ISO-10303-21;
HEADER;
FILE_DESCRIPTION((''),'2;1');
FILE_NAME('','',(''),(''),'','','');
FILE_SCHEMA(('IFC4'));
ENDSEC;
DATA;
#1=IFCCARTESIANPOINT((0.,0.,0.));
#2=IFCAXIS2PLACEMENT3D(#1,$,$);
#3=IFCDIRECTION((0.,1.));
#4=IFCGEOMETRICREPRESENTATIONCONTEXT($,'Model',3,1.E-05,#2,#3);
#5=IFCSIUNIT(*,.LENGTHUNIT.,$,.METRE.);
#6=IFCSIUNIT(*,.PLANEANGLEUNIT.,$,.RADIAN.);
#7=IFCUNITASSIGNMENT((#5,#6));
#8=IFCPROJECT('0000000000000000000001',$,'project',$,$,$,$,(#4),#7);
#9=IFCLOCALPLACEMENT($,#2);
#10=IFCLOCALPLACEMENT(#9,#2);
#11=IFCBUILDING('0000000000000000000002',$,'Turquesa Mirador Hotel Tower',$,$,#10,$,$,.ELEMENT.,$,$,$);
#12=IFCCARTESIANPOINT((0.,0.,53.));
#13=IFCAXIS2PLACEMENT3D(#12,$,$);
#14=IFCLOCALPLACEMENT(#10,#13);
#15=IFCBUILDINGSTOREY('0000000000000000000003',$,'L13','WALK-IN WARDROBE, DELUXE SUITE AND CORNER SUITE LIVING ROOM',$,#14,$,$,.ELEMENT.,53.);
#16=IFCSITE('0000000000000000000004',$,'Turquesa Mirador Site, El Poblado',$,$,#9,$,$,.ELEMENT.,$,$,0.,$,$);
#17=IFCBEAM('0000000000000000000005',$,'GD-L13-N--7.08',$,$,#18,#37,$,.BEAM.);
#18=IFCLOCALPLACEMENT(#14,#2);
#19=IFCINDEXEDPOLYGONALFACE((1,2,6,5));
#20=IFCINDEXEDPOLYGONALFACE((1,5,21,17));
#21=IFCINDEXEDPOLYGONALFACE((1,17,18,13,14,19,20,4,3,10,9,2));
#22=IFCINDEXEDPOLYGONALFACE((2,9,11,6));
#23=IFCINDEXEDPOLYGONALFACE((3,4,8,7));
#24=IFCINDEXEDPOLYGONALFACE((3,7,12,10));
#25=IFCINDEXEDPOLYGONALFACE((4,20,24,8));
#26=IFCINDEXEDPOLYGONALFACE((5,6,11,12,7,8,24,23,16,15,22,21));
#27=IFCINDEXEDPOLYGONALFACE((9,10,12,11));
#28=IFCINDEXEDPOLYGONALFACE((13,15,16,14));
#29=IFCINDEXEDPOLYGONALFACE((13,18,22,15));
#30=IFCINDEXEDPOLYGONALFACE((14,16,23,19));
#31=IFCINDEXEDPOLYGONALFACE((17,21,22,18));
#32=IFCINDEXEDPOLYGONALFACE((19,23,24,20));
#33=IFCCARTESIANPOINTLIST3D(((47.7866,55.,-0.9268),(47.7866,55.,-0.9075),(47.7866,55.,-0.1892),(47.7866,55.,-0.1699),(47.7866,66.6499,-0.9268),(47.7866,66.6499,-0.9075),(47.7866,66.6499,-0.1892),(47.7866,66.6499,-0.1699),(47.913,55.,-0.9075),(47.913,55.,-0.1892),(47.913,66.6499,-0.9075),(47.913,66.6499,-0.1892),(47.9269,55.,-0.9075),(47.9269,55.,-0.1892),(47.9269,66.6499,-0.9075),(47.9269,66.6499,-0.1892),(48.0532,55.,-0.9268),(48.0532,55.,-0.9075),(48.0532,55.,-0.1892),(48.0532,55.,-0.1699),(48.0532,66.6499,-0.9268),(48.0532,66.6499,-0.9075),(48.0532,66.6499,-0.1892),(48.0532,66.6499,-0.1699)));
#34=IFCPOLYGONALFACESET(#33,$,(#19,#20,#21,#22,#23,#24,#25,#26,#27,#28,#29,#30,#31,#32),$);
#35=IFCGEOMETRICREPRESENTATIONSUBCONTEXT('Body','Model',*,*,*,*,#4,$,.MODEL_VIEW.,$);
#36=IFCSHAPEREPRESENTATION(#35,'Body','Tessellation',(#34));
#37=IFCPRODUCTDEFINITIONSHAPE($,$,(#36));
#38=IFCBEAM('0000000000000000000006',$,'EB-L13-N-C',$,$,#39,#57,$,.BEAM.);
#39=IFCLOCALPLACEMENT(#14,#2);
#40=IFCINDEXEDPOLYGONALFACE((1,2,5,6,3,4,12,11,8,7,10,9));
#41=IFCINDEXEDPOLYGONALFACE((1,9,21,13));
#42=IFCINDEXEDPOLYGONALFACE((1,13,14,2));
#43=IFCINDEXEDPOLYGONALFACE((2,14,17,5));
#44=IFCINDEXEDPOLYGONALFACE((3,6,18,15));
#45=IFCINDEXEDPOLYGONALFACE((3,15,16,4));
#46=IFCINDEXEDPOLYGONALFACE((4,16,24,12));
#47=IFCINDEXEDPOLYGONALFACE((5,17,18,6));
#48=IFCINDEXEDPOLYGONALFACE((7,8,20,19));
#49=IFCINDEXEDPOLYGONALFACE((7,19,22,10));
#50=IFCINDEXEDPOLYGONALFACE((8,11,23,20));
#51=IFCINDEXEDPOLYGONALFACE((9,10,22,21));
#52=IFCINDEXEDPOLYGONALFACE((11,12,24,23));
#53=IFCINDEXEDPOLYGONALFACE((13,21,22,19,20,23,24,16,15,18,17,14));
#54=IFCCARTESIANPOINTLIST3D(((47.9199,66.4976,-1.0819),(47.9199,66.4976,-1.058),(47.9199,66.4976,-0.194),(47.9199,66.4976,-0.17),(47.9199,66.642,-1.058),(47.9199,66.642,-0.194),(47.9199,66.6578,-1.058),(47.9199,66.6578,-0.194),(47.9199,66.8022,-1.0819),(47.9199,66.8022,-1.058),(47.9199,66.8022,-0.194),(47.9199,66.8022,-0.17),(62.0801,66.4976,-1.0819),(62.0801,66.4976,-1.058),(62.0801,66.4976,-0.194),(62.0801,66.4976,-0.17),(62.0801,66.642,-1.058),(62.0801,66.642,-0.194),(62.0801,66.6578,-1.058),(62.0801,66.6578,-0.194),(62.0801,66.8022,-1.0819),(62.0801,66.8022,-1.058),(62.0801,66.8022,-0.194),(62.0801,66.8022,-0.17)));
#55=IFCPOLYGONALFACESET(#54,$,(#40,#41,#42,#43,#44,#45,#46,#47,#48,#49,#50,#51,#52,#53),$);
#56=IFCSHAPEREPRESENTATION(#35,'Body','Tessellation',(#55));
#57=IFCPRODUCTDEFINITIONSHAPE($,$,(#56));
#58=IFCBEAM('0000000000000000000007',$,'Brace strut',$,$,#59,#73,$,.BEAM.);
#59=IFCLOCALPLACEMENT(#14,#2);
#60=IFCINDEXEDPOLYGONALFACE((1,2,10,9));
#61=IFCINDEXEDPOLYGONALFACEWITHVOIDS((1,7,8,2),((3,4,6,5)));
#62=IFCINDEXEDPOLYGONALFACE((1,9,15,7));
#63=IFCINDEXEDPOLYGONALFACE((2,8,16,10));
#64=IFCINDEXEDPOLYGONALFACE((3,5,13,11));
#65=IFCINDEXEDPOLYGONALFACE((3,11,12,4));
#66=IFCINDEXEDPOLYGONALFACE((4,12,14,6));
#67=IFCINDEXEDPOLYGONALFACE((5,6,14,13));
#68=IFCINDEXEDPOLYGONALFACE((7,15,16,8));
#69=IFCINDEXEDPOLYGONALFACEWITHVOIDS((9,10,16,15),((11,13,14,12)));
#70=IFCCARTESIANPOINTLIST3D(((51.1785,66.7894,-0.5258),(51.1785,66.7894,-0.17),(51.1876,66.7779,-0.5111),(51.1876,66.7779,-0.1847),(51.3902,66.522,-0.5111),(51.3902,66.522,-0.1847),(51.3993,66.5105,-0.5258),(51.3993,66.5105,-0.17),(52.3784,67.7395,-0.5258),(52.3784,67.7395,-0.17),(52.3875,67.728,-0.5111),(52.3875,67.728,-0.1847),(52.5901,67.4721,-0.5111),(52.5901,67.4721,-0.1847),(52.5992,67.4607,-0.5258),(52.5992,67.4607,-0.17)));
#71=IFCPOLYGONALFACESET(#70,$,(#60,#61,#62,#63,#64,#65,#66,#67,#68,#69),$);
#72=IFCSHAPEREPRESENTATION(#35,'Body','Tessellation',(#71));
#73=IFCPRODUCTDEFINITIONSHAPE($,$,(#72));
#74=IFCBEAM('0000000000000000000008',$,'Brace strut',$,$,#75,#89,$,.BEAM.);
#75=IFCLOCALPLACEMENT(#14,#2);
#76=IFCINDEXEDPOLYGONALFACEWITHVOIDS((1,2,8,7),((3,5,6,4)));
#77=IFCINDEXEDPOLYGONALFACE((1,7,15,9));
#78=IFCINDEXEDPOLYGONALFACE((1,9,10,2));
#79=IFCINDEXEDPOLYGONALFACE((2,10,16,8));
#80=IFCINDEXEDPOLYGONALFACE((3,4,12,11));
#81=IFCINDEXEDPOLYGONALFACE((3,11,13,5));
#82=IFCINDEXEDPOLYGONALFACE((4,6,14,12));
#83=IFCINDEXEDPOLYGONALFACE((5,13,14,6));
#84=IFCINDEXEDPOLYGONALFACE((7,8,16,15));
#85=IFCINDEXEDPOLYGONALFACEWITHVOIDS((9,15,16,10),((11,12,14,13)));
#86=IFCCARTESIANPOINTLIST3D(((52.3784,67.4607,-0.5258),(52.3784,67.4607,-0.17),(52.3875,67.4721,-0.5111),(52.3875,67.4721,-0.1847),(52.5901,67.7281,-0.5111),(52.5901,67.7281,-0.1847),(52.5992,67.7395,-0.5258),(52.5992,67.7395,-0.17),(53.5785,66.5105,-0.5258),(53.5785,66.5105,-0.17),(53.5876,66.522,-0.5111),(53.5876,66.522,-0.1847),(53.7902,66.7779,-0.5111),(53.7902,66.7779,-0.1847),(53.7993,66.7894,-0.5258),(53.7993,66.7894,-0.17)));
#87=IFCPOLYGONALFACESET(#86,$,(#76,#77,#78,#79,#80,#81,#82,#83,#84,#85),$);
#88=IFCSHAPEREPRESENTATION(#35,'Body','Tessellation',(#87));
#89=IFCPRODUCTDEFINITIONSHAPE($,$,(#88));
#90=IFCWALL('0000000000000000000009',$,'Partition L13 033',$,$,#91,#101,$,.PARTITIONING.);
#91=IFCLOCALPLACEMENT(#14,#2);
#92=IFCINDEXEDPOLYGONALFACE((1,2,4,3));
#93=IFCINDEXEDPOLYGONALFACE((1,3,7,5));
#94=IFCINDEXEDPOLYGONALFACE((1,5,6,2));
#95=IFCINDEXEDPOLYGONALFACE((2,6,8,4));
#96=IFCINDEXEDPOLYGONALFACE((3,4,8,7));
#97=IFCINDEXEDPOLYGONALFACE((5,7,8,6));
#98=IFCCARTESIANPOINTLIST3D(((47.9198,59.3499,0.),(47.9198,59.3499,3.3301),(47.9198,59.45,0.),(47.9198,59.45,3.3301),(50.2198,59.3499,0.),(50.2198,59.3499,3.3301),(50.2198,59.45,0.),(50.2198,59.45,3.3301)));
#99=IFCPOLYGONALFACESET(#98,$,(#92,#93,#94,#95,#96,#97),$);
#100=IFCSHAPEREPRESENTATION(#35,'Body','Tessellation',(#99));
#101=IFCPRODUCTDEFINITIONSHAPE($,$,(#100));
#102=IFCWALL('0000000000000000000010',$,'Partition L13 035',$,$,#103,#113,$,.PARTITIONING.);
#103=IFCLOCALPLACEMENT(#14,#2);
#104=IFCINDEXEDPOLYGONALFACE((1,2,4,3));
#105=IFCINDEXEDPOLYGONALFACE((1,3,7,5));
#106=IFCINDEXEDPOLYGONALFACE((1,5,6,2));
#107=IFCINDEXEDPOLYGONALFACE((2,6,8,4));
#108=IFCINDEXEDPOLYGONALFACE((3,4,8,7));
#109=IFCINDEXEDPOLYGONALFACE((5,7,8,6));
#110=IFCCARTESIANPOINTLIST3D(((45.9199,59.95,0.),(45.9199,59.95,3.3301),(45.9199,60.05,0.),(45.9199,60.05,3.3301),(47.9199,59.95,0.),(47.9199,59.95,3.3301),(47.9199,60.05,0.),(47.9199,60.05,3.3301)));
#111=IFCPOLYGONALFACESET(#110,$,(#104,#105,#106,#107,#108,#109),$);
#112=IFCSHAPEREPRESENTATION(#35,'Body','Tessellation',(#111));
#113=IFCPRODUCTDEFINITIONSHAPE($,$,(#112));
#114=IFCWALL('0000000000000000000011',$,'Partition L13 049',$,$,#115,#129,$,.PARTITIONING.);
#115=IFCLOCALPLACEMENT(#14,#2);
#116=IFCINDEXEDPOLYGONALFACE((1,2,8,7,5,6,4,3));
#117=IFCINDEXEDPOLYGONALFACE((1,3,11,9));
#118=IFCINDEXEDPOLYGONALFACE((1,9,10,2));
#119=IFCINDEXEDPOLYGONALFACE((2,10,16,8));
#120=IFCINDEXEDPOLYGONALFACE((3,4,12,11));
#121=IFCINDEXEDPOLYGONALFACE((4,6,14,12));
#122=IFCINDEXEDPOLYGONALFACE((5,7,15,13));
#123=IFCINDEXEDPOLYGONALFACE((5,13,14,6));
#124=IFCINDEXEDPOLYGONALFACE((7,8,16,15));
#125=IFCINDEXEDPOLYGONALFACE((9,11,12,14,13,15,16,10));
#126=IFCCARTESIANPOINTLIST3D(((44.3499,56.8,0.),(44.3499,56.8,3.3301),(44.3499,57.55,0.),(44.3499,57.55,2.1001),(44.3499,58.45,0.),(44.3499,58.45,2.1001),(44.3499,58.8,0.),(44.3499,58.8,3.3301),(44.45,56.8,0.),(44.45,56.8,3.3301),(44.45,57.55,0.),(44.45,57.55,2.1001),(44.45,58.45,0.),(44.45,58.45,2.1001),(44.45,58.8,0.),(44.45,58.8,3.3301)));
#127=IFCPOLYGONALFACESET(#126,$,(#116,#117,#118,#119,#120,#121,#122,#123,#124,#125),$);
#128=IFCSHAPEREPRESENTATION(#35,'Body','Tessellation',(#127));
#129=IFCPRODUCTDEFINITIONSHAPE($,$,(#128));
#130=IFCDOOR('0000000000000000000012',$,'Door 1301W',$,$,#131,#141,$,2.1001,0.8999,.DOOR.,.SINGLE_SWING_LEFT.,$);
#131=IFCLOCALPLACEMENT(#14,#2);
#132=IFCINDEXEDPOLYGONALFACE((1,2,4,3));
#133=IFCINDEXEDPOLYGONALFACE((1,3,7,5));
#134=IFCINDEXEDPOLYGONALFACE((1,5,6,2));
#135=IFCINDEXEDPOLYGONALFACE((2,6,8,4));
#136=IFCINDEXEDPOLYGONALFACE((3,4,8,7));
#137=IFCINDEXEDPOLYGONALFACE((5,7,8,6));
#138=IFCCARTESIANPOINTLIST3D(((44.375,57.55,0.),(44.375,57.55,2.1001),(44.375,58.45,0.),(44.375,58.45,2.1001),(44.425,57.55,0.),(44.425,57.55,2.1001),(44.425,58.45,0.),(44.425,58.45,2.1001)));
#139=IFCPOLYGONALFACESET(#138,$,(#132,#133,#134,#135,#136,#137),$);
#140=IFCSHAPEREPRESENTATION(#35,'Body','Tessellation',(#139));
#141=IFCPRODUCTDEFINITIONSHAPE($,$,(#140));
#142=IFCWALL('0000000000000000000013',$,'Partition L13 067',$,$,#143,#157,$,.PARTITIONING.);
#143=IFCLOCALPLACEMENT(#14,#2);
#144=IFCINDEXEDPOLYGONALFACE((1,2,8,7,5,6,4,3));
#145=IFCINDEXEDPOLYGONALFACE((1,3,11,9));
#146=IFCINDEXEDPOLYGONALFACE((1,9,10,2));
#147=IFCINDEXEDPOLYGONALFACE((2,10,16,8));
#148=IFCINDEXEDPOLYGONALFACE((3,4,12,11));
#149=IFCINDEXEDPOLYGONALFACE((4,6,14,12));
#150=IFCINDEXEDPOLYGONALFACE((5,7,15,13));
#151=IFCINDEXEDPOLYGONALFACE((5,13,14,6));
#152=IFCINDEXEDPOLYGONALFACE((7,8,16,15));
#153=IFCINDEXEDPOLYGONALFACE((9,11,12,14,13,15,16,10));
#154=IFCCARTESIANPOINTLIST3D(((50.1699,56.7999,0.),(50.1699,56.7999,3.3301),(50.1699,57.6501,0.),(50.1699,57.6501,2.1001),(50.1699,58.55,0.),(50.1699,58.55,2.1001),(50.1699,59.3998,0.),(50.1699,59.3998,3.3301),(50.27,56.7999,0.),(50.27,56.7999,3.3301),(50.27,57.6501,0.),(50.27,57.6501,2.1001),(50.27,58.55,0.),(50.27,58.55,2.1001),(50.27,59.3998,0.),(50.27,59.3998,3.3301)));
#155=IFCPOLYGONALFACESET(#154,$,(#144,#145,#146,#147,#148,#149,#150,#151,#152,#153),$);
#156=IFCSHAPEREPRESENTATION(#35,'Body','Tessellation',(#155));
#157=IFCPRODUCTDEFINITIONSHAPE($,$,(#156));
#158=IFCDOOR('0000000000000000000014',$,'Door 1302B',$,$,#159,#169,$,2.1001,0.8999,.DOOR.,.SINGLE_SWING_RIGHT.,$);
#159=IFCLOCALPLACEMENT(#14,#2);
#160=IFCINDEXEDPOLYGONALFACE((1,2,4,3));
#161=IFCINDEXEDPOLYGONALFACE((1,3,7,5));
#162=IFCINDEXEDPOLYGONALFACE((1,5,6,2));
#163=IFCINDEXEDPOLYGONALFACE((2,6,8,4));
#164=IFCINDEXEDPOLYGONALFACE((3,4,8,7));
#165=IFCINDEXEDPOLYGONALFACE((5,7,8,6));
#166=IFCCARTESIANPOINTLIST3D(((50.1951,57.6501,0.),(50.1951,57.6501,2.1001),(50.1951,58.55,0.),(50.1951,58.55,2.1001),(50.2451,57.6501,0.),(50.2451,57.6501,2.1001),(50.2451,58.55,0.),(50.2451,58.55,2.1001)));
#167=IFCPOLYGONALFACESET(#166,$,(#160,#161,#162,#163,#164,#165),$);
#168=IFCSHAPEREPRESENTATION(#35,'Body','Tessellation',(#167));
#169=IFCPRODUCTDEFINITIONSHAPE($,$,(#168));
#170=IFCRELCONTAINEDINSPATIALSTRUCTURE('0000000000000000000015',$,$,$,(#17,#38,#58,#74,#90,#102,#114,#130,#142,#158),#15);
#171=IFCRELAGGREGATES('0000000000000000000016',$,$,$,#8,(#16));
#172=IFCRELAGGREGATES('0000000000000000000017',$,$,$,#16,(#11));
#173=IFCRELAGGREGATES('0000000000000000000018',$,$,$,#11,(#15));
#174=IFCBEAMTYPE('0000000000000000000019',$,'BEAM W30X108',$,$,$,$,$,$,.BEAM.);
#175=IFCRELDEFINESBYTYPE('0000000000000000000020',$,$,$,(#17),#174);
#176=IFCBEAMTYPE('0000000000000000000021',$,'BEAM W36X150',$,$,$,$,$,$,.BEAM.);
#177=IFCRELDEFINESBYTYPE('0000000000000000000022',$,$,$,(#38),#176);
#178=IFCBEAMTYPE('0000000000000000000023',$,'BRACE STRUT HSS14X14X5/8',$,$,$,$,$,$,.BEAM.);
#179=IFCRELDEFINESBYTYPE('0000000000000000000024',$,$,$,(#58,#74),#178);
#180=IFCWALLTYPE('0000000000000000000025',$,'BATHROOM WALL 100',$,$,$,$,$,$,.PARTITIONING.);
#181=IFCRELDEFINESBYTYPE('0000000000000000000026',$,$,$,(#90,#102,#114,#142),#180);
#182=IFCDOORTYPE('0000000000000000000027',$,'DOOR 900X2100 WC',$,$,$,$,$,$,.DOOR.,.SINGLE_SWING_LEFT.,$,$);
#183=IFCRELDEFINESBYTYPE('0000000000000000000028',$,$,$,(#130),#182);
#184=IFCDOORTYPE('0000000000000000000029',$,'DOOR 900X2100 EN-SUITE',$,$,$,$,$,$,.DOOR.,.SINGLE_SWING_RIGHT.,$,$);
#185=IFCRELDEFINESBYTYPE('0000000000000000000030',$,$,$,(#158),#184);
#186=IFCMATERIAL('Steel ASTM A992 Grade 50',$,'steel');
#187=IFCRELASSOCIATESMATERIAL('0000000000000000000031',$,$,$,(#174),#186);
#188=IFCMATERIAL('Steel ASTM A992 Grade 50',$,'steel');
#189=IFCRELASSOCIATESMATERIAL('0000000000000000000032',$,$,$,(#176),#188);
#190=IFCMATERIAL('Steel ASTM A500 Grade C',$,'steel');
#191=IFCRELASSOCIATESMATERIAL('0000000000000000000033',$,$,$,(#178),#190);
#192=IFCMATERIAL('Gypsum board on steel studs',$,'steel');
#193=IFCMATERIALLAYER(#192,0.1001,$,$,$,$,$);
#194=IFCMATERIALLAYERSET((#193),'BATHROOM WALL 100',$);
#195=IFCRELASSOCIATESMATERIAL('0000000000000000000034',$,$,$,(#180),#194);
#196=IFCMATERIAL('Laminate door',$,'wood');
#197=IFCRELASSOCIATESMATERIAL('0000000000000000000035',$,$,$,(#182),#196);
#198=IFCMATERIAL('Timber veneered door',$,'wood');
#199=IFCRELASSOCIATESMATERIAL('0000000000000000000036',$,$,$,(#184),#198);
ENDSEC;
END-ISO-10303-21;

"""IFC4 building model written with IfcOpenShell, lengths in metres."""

from ifc_helpers import new_model, si_unit, direction, frame, frame_2d, origin, origin_2d, place, context, subcontext, project, spatial, rectangle, hollow_rectangle, i_section, extrude, material, layer, layer_set, material_profile, profile_set, type_object, element, fill, save


model = new_model("IFC4")

# Units and contexts
model_context = context("Model", 3, precision=1e-05, world=origin(), true_north=direction((0.0, 1.0)))
body_context = subcontext(model_context, "Body", "Model", "MODEL_VIEW")
ifc_project = project(units=[si_unit("LENGTHUNIT", "METRE"), si_unit("PLANEANGLEUNIT", "RADIAN")], contexts=[model_context])

# Site, building, storey
site_placement = place(None, origin())
site = spatial("IfcSite", under=ifc_project, at=site_placement, Name="Turquesa Mirador Site, El Poblado", CompositionType="ELEMENT", RefElevation=0.0)
building_placement = place(site_placement, origin())
building = spatial("IfcBuilding", under=site, at=building_placement, Name="Turquesa Mirador Hotel Tower", CompositionType="ELEMENT")
storey_placement = place(building_placement, frame((0.0, 0.0, 53.0)))
storey = spatial("IfcBuildingStorey", under=building, at=storey_placement, Name="L13", Description="WALK-IN WARDROBE, DELUXE SUITE AND CORNER SUITE LIVING ROOM", CompositionType="ELEMENT", Elevation=53.0)

# Beams
ifc_material_1 = material(Name="Steel ASTM A992 Grade 50", Category="steel")
ifc_material_profile_1 = material_profile(ifc_material_1, i_section(OverallWidth=0.2666, OverallDepth=0.7568, WebThickness=0.0139, FlangeThickness=0.0193, at=origin_2d()), Name="W30X108")
ifc_profile_set_1 = profile_set([ifc_material_profile_1], Name="Steel ASTM A992 Grade 50")
beam_type_1 = type_object("IfcBeamType", Name="BEAM W30X108", PredefinedType="BEAM", material=ifc_profile_set_1)
beam_1_placement = place(storey_placement, frame((47.9199, 66.6499, -0.5483), z_axis=(0.0, -1.0, 0.0), x_axis=(1.0, 0.0, 0.0)))
element("IfcBeam", 1, at=beam_1_placement, inside=storey, type_object=beam_type_1, Name="GD-L13-N--7.08", PredefinedType="BEAM", context=body_context, shape_type="SweptSolid", body=[
    extrude(i_section(OverallWidth=0.2666, OverallDepth=0.7568, WebThickness=0.0139, FlangeThickness=0.0193, at=origin_2d()), origin(), (0.0, 0.0, 1.0), 11.6499),
])
ifc_material_2 = material(Name="Steel ASTM A992 Grade 50", Category="steel")
ifc_material_profile_2 = material_profile(ifc_material_2, i_section(OverallWidth=0.3047, OverallDepth=0.9119, WebThickness=0.0159, FlangeThickness=0.0239, at=origin_2d()), Name="W36X150")
ifc_profile_set_2 = profile_set([ifc_material_profile_2], Name="Steel ASTM A992 Grade 50")
beam_type_2 = type_object("IfcBeamType", Name="BEAM W36X150", PredefinedType="BEAM", material=ifc_profile_set_2)
beam_2_placement = place(storey_placement, frame((47.9199, 66.6499, -0.626), z_axis=(1.0, 0.0, 0.0), x_axis=(0.0, 1.0, 0.0)))
element("IfcBeam", 2, at=beam_2_placement, inside=storey, type_object=beam_type_2, Name="EB-L13-N-C", PredefinedType="BEAM", context=body_context, shape_type="SweptSolid", body=[
    extrude(i_section(OverallWidth=0.3047, OverallDepth=0.9119, WebThickness=0.0159, FlangeThickness=0.0239, at=origin_2d()), origin(), (0.0, 0.0, 1.0), 14.1602),
])
ifc_material_3 = material(Name="Steel ASTM A500 Grade C", Category="steel")
ifc_material_profile_3 = material_profile(ifc_material_3, hollow_rectangle(XDim=0.3557, YDim=0.3557, WallThickness=0.0146, at=origin_2d()), Name="HSS14X14X5/8")
ifc_profile_set_3 = profile_set([ifc_material_profile_3], Name="Steel ASTM A500 Grade C")
beam_type_3 = type_object("IfcBeamType", Name="BRACE STRUT HSS14X14X5/8", PredefinedType="BEAM", material=ifc_profile_set_3)
beam_3_placement = place(storey_placement, frame((52.4888, 67.6001, -0.3479), z_axis=(-0.783971, -0.620797, 0.0), x_axis=(0.620797, -0.783971, 0.0)))
element("IfcBeam", 3, at=beam_3_placement, inside=storey, type_object=beam_type_3, Name="Brace strut", PredefinedType="BEAM", context=body_context, shape_type="SweptSolid", body=[
    extrude(hollow_rectangle(XDim=0.3557, YDim=0.3557, WallThickness=0.0146, at=origin_2d()), origin(), (0.0, 0.0, 1.0), 1.5305),
])
beam_4_placement = place(storey_placement, frame((52.4888, 67.6001, -0.3479), z_axis=(0.784033, -0.620719, 0.0), x_axis=(0.620719, 0.784033, 0.0)))
element("IfcBeam", 4, at=beam_4_placement, inside=storey, type_object=beam_type_3, Name="Brace strut", PredefinedType="BEAM", context=body_context, shape_type="SweptSolid", body=[
    extrude(hollow_rectangle(XDim=0.3557, YDim=0.3557, WallThickness=0.0146, at=origin_2d()), origin(), (0.0, 0.0, 1.0), 1.5308),
])

# Walls
ifc_material_4 = material(Name="Gypsum board on steel studs", Category="steel")
ifc_layer_1 = layer(ifc_material_4, 0.1001)
ifc_layer_set_1 = layer_set([ifc_layer_1], Name="BATHROOM WALL 100")
wall_type_1 = type_object("IfcWallType", Name="BATHROOM WALL 100", PredefinedType="PARTITIONING", material=ifc_layer_set_1)
wall_1_placement = place(storey_placement, frame((47.9199, 59.3999, 0.0), z_axis=(0.0, 0.0, 1.0), x_axis=(1.0, 0.0, 0.0)))
element("IfcWall", 5, at=wall_1_placement, inside=storey, type_object=wall_type_1, Name="Partition L13 033", PredefinedType="PARTITIONING", context=body_context, shape_type="SweptSolid", body=[
    extrude(rectangle(XDim=2.3, YDim=0.1001, at=frame_2d((1.1499, 0.0))), origin(), (0.0, 0.0, 1.0), 3.3301),
])
wall_2_placement = place(storey_placement, frame((45.9199, 60.0, 0.0), z_axis=(0.0, 0.0, 1.0), x_axis=(1.0, 0.0, 0.0)))
element("IfcWall", 6, at=wall_2_placement, inside=storey, type_object=wall_type_1, Name="Partition L13 035", PredefinedType="PARTITIONING", context=body_context, shape_type="SweptSolid", body=[
    extrude(rectangle(XDim=2.0, YDim=0.1001, at=frame_2d((1.0, 0.0))), origin(), (0.0, 0.0, 1.0), 3.3301),
])

# Walls, openings, doors
wall_3_placement = place(storey_placement, frame((44.3999, 56.8, 0.0), z_axis=(0.0, 0.0, 1.0), x_axis=(0.0, 1.0, 0.0)))
wall_3 = element("IfcWall", 7, at=wall_3_placement, inside=storey, type_object=wall_type_1, Name="Partition L13 049", PredefinedType="PARTITIONING", context=body_context, shape_type="SweptSolid", body=[
    extrude(rectangle(XDim=2.0, YDim=0.1001, at=frame_2d((1.0, 0.0))), origin(), (0.0, 0.0, 1.0), 3.3301),
])
opening_1_placement = place(wall_3_placement, frame((0.75, 0.0, 0.0)))
opening_1 = element("IfcOpeningElement", 8, at=opening_1_placement, cuts=wall_3, PredefinedType="OPENING", context=body_context, shape_type="SweptSolid", body=[
    extrude(rectangle(XDim=0.8999, YDim=2.1001, at=frame_2d((0.45, 1.05))), frame((0.0, 0.0601, 0.0), z_axis=(0.0, -1.0, 0.0), x_axis=(1.0, 0.0, 0.0)), (0.0, 0.0, 1.0), 0.1201),
])
ifc_material_5 = material(Name="Laminate door", Category="wood")
door_type_1 = type_object("IfcDoorType", Name="DOOR 900X2100 WC", OperationType="SINGLE_SWING_LEFT", PredefinedType="DOOR", material=ifc_material_5)
door_1_placement = place(opening_1_placement, origin())
door_1 = element("IfcDoor", 9, at=door_1_placement, inside=storey, type_object=door_type_1, Name="Door 1301W", OperationType="SINGLE_SWING_LEFT", OverallHeight=2.1001, OverallWidth=0.8999, PredefinedType="DOOR", context=body_context, shape_type="SweptSolid", body=[
    extrude(rectangle(XDim=0.8999, YDim=2.1001, at=frame_2d((0.45, 1.05))), frame((0.0, 0.0249, 0.0), z_axis=(0.0, -1.0, 0.0), x_axis=(1.0, 0.0, 0.0)), (0.0, 0.0, 1.0), 0.05),
])
fill(opening_1, door_1)
wall_4_placement = place(storey_placement, frame((50.22, 56.8, 0.0), z_axis=(0.0, 0.0, 1.0), x_axis=(0.0, 1.0, 0.0)))
wall_4 = element("IfcWall", 10, at=wall_4_placement, inside=storey, type_object=wall_type_1, Name="Partition L13 067", PredefinedType="PARTITIONING", context=body_context, shape_type="SweptSolid", body=[
    extrude(rectangle(XDim=2.5999, YDim=0.1001, at=frame_2d((1.2998, 0.0))), origin(), (0.0, 0.0, 1.0), 3.3301),
])
opening_2_placement = place(wall_4_placement, frame((0.8501, 0.0, 0.0)))
opening_2 = element("IfcOpeningElement", 11, at=opening_2_placement, cuts=wall_4, PredefinedType="OPENING", context=body_context, shape_type="SweptSolid", body=[
    extrude(rectangle(XDim=0.8999, YDim=2.1001, at=frame_2d((0.45, 1.05))), frame((0.0, 0.0601, 0.0), z_axis=(0.0, -1.0, 0.0), x_axis=(1.0, 0.0, 0.0)), (0.0, 0.0, 1.0), 0.1201),
])
ifc_material_6 = material(Name="Timber veneered door", Category="wood")
door_type_2 = type_object("IfcDoorType", Name="DOOR 900X2100 EN-SUITE", OperationType="SINGLE_SWING_RIGHT", PredefinedType="DOOR", material=ifc_material_6)
door_2_placement = place(opening_2_placement, origin())
door_2 = element("IfcDoor", 12, at=door_2_placement, inside=storey, type_object=door_type_2, Name="Door 1302B", OperationType="SINGLE_SWING_RIGHT", OverallHeight=2.1001, OverallWidth=0.8999, PredefinedType="DOOR", context=body_context, shape_type="SweptSolid", body=[
    extrude(rectangle(XDim=0.8999, YDim=2.1001, at=frame_2d((0.45, 1.05))), frame((0.0, 0.0249, 0.0), z_axis=(0.0, -1.0, 0.0), x_axis=(1.0, 0.0, 0.0)), (0.0, 0.0, 1.0), 0.05),
])
fill(opening_2, door_2)

save(model, "model.ifc")
